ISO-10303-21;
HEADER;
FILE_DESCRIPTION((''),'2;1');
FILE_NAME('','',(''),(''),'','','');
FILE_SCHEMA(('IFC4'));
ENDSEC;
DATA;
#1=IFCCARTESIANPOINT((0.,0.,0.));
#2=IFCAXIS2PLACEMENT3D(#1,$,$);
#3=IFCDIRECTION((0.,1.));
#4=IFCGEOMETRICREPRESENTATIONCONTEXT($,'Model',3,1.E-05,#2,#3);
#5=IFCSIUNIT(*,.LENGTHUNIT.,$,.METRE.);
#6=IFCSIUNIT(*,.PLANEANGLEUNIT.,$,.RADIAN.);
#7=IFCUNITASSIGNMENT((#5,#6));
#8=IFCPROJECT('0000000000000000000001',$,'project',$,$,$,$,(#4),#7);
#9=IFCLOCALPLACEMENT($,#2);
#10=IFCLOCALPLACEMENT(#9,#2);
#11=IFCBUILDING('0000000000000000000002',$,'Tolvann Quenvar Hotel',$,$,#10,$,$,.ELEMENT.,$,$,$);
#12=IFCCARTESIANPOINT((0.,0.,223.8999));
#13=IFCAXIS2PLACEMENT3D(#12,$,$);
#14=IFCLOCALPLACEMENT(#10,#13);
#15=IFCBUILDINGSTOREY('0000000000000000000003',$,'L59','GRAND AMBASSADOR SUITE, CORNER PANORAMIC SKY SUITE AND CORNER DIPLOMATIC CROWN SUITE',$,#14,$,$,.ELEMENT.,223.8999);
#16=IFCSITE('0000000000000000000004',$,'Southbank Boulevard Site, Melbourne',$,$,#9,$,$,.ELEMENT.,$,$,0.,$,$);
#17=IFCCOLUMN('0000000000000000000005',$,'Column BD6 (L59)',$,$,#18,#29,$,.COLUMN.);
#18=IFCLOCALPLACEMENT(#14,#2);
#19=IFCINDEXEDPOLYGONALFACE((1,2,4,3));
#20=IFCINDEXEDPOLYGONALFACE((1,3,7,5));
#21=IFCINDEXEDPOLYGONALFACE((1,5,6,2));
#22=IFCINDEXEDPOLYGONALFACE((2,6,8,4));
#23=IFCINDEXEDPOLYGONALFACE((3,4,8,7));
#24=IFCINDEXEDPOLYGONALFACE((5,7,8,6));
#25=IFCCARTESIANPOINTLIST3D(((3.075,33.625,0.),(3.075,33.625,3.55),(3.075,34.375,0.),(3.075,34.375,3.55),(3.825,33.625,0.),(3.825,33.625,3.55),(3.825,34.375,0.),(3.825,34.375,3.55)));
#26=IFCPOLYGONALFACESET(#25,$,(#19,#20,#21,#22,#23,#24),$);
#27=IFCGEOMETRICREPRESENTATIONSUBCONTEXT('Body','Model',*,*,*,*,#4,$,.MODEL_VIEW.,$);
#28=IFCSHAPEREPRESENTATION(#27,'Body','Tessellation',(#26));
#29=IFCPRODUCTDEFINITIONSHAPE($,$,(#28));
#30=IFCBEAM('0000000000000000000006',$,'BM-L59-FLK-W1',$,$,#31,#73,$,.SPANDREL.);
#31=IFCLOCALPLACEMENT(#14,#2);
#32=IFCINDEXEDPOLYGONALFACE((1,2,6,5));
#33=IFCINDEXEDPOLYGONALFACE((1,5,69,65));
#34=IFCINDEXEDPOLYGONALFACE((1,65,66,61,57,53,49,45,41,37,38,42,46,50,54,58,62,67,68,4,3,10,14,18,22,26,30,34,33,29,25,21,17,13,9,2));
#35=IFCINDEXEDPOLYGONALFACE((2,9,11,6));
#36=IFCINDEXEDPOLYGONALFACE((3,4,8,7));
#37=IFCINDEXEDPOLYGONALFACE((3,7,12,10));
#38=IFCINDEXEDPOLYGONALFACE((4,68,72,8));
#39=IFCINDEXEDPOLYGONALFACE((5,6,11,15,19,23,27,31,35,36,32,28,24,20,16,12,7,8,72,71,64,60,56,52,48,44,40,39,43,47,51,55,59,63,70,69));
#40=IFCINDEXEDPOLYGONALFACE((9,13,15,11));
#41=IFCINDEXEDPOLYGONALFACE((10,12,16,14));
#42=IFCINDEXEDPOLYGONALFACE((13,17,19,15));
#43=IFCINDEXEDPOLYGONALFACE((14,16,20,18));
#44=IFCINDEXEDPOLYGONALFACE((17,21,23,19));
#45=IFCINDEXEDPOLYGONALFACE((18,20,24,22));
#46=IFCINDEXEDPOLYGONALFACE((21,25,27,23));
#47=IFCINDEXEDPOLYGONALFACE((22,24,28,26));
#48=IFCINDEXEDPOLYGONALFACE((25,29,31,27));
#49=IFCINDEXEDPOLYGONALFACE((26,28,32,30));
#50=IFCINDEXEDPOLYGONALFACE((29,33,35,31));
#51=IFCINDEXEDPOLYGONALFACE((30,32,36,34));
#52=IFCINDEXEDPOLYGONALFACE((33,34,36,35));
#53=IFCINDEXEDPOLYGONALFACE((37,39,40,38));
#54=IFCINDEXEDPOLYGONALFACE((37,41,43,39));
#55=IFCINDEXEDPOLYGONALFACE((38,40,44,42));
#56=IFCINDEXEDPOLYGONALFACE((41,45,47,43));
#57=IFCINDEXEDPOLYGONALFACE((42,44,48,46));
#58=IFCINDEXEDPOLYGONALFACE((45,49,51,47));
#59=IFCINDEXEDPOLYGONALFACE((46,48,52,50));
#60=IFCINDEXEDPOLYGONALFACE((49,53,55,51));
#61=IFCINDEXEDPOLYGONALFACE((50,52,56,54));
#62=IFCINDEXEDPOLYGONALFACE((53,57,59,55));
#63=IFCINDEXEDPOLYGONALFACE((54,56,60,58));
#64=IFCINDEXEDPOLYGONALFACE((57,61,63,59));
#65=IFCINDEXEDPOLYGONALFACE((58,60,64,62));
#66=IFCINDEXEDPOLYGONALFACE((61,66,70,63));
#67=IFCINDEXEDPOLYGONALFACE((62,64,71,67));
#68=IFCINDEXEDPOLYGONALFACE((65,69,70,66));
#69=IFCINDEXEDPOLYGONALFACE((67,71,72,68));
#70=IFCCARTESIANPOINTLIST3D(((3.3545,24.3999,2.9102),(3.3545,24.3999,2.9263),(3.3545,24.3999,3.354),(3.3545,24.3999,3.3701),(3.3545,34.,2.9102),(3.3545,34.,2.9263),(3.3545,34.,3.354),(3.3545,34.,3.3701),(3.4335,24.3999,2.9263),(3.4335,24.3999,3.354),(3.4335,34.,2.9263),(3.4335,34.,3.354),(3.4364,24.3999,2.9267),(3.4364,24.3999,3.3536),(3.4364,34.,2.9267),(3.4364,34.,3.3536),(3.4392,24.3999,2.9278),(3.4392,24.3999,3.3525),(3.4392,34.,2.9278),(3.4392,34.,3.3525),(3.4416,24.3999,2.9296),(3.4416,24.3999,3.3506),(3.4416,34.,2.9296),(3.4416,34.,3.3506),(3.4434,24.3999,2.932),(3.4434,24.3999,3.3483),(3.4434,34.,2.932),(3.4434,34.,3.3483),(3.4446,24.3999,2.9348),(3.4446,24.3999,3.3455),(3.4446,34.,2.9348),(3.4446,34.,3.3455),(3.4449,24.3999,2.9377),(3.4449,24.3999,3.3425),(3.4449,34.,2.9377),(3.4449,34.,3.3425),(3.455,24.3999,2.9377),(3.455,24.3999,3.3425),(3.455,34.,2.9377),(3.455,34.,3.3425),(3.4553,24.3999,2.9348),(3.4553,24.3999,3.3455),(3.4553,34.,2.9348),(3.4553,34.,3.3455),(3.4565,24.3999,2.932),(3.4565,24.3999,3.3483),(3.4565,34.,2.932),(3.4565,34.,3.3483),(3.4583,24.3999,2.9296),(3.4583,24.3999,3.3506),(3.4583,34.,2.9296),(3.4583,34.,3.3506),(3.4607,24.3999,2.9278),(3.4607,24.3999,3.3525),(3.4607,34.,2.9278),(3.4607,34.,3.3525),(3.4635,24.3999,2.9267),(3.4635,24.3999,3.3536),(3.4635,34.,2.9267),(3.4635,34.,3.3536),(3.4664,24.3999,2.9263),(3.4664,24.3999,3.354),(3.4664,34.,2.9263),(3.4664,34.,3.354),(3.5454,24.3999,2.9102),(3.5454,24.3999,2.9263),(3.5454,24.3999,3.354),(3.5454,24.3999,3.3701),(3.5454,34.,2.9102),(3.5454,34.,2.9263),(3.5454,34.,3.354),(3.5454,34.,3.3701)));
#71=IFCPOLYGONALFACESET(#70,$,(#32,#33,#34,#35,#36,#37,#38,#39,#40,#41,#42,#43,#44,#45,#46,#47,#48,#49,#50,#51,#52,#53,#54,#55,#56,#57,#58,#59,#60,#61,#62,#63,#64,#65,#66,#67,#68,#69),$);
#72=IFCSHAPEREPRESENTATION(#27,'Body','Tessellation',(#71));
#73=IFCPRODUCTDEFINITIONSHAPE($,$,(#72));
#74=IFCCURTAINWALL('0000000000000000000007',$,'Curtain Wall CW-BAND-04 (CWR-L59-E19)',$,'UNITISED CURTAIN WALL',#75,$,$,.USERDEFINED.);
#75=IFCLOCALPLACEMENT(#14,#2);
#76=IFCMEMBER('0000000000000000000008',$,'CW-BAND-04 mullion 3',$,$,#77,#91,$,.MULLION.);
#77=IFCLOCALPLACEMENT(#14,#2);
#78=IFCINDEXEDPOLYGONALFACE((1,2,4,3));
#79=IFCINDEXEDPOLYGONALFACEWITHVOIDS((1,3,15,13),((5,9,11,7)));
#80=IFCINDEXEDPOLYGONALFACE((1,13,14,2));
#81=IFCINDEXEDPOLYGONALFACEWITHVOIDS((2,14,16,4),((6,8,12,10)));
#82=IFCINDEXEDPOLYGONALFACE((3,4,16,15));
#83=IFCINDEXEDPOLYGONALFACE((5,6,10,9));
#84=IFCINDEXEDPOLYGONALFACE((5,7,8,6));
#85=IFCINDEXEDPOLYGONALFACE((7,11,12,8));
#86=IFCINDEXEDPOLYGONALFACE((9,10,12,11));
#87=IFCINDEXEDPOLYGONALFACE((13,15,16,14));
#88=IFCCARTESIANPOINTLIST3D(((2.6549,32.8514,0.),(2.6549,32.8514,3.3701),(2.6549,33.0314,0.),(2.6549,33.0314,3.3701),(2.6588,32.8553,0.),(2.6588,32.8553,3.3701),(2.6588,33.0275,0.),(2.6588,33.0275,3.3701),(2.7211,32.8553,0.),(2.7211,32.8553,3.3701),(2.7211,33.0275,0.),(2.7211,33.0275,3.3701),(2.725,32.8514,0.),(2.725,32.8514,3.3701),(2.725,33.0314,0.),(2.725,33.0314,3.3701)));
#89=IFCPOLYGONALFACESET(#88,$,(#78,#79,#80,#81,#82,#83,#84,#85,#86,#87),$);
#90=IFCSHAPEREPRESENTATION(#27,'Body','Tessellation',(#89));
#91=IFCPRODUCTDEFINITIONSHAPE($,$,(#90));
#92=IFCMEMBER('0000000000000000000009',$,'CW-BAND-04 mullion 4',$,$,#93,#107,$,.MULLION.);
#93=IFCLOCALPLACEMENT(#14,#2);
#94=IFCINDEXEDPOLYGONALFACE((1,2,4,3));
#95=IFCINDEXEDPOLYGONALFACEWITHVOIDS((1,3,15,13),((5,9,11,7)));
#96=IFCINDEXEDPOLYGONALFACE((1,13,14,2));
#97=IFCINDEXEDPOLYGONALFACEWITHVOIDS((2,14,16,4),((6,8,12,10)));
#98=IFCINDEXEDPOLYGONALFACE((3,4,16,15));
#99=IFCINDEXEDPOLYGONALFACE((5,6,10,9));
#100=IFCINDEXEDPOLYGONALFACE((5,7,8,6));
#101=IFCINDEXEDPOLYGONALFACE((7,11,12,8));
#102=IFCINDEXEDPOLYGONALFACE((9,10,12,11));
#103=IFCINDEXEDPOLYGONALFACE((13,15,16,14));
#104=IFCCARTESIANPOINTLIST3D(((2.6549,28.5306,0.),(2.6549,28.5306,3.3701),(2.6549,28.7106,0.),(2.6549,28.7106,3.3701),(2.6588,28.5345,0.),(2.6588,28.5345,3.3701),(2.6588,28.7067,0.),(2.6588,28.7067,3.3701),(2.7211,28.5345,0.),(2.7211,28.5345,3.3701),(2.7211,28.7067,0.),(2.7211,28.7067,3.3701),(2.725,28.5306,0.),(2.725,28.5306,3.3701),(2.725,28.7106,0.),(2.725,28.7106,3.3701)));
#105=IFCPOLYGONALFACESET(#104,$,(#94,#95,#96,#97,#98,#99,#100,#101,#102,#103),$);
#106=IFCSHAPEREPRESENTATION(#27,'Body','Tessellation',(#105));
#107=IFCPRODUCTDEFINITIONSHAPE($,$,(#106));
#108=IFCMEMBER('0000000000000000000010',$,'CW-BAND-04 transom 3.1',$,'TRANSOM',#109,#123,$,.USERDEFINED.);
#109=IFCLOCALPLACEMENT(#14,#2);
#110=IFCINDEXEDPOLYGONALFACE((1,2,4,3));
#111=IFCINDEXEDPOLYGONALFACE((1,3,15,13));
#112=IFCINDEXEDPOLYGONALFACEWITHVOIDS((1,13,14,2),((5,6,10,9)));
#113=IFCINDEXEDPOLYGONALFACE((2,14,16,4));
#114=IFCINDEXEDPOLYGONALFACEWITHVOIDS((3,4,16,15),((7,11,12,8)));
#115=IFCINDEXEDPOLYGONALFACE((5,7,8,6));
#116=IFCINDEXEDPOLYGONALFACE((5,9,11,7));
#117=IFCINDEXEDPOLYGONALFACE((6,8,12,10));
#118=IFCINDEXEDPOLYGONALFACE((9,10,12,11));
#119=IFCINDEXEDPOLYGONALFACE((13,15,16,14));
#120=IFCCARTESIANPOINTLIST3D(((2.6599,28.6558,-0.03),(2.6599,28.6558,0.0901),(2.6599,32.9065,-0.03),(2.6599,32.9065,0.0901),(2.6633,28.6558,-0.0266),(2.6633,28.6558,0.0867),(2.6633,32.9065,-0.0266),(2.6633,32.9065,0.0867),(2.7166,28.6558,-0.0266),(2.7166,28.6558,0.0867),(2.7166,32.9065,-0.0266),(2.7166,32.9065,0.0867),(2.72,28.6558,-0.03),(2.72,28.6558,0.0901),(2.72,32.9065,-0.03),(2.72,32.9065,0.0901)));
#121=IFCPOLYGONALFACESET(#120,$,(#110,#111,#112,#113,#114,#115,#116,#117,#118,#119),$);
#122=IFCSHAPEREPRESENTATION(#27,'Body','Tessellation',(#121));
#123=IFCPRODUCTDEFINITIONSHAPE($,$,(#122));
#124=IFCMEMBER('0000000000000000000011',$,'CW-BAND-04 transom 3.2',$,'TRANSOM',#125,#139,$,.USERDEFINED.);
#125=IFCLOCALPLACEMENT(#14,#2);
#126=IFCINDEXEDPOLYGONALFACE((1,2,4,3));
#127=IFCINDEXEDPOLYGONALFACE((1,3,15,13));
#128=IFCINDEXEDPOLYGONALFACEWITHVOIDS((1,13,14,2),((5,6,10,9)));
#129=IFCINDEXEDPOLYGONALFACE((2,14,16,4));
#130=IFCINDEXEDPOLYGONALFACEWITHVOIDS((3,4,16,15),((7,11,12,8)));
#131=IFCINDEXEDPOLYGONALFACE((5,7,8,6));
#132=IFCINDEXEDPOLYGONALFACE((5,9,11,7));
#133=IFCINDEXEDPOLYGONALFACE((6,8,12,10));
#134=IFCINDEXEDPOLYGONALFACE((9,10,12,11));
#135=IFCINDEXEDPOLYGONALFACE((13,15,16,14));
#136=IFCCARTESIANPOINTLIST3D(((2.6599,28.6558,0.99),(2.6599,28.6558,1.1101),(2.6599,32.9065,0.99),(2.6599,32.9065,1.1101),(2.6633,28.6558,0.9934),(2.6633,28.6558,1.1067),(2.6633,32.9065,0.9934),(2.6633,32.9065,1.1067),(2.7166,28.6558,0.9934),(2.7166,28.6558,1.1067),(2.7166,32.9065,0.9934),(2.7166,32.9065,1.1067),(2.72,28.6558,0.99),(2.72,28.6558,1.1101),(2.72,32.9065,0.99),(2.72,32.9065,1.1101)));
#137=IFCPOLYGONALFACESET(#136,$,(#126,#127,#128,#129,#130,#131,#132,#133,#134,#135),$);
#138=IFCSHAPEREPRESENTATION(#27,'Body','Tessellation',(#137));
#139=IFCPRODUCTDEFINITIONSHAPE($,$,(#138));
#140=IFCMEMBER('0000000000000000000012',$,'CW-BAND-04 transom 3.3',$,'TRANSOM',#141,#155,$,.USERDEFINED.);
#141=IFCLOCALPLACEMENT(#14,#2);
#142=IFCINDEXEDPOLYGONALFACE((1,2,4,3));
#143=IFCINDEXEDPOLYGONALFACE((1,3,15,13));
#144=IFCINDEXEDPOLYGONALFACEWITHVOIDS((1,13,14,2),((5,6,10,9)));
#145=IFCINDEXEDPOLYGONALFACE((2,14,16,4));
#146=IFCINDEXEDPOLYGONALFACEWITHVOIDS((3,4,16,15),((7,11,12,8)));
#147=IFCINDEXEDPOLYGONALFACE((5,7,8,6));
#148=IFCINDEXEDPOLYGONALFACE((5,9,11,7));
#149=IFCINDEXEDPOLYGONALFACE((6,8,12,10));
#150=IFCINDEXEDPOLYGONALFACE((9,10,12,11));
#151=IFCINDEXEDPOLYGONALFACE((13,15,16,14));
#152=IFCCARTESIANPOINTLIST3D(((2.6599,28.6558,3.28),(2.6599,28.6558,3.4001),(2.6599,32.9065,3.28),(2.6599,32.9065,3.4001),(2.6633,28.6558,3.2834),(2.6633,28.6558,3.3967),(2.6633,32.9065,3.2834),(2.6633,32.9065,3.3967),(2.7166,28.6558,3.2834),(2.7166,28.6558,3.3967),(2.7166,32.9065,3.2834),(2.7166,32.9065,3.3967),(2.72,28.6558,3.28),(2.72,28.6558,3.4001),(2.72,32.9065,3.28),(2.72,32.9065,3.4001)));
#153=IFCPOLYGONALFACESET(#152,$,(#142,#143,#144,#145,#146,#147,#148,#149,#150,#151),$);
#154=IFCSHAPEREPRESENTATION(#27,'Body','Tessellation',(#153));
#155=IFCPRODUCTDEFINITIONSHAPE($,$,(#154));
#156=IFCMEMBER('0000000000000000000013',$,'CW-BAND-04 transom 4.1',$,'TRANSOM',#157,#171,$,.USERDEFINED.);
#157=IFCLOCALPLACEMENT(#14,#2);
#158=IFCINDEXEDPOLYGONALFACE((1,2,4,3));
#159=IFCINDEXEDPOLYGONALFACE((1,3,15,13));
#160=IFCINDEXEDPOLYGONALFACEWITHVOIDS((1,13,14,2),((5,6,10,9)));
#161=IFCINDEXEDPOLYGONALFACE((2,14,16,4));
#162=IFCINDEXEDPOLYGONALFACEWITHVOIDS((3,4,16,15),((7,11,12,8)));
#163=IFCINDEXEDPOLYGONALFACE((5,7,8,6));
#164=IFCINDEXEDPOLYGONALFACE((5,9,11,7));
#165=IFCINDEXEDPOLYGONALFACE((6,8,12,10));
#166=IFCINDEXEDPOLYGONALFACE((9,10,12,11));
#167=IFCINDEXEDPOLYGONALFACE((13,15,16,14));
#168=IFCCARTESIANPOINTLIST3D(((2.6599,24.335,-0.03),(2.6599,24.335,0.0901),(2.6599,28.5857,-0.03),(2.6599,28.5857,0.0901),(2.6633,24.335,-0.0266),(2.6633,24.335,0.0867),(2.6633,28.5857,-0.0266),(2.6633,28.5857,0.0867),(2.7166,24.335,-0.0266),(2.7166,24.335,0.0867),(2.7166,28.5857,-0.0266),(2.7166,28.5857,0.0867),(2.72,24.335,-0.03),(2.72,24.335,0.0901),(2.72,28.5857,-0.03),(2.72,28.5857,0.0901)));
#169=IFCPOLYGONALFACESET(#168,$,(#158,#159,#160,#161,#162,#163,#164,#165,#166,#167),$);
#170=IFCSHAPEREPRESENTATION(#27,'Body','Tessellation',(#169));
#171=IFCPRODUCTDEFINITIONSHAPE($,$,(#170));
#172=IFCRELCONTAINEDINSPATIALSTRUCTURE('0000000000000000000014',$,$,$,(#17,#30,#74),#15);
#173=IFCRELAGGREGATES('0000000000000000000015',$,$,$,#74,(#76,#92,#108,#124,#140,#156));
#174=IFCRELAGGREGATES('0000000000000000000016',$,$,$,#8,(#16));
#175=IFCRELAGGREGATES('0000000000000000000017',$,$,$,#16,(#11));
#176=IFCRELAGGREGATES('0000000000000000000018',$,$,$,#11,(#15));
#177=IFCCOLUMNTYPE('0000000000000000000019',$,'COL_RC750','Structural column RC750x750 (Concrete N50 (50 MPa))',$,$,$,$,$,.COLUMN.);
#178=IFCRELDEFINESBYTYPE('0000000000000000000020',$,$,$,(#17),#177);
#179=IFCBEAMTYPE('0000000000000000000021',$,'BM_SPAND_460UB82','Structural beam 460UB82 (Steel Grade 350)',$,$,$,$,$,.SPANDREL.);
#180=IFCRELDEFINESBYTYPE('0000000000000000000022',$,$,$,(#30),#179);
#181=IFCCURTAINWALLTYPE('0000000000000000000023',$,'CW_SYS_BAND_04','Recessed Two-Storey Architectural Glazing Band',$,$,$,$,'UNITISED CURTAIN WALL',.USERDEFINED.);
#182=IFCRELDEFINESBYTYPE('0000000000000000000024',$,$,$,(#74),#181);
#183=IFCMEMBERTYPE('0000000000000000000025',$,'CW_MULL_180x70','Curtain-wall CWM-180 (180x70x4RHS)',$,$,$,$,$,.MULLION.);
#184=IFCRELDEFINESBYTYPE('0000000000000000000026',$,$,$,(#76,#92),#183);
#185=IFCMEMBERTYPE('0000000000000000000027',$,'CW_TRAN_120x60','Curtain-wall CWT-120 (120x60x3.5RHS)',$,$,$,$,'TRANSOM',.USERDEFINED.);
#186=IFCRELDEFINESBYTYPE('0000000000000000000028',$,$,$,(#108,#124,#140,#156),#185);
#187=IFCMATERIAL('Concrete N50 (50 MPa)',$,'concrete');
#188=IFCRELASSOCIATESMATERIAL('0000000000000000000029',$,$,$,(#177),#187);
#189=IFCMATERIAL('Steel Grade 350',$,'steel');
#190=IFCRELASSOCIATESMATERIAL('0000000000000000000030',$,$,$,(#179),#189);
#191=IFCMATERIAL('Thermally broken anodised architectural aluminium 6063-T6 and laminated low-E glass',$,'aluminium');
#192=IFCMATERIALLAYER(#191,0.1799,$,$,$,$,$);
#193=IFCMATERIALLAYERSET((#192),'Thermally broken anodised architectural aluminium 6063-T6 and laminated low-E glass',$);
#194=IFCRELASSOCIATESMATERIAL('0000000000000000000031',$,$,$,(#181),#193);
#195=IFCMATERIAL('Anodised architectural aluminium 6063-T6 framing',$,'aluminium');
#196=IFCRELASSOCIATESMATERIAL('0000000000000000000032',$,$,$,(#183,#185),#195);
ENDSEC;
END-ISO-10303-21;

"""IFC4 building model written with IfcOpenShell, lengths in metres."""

from ifc_helpers import new_model, si_unit, direction, frame, origin, origin_2d, place, context, subcontext, project, spatial, rectangle, hollow_rectangle, i_section, extrude, source, transform, mapped, material, layer, layer_set, material_profile, profile_set, type_object, type_shapes, element, aggregate, save


model = new_model("IFC4")

# Units and contexts
model_context = context("Model", 3, precision=1e-05, world=origin(), true_north=direction((0.0, 1.0)))
body_context = subcontext(model_context, "Body", "Model", "MODEL_VIEW")
ifc_project = project(units=[si_unit("LENGTHUNIT", "METRE"), si_unit("PLANEANGLEUNIT", "RADIAN")], contexts=[model_context])

# Site, building, storey
site_placement = place(None, origin())
site = spatial("IfcSite", under=ifc_project, at=site_placement, Name="Southbank Boulevard Site, Melbourne", CompositionType="ELEMENT", RefElevation=0.0)
building_placement = place(site_placement, origin())
building = spatial("IfcBuilding", under=site, at=building_placement, Name="Tolvann Quenvar Hotel", CompositionType="ELEMENT")
storey_placement = place(building_placement, frame((0.0, 0.0, 223.8999)))
storey = spatial("IfcBuildingStorey", under=building, at=storey_placement, Name="L59", Description="GRAND AMBASSADOR SUITE, CORNER PANORAMIC SKY SUITE AND CORNER DIPLOMATIC CROWN SUITE", CompositionType="ELEMENT", Elevation=223.8999)

# Column
ifc_material_1 = material(Name="Concrete N50 (50 MPa)", Category="concrete")
ifc_material_profile_1 = material_profile(ifc_material_1, rectangle(XDim=0.75, YDim=0.75, at=origin_2d()), Name="RC750x750")
ifc_profile_set_1 = profile_set([ifc_material_profile_1], Name="Concrete N50 (50 MPa)")
column_type = type_object("IfcColumnType", Name="COL_RC750", Description="Structural column RC750x750 (Concrete N50 (50 MPa))", PredefinedType="COLUMN", material=ifc_profile_set_1)
shared_shape_1 = source(origin(), body_context, "Body", "SweptSolid", [
    extrude(rectangle(XDim=0.75, YDim=0.75, at=origin_2d()), origin(), (0.0, 0.0, 1.0), 3.55),
])
type_shapes(column_type, [shared_shape_1])
column_placement = place(storey_placement, frame((3.45, 34.0, 0.0), z_axis=(0.0, 0.0, 1.0), x_axis=(1.0, 0.0, 0.0)))
element("IfcColumn", 1, at=column_placement, inside=storey, type_object=column_type, Name="Column BD6 (L59)", PredefinedType="COLUMN", context=body_context, shape_type="MappedRepresentation", body=[
    mapped(shared_shape_1, transform((0.0, 0.0, 0.0), x_axis=(1.0, 0.0, 0.0), y_axis=(0.0, 1.0, 0.0), z_axis=(0.0, 0.0, 1.0), scale=1.0)),
])

# Beam
ifc_material_2 = material(Name="Steel Grade 350", Category="steel")
ifc_material_profile_2 = material_profile(ifc_material_2, i_section(OverallWidth=0.1909, OverallDepth=0.46, WebThickness=0.01, FlangeThickness=0.0161, FilletRadius=0.0115, at=origin_2d()), Name="460UB82")
ifc_profile_set_2 = profile_set([ifc_material_profile_2], Name="Steel Grade 350")
beam_type = type_object("IfcBeamType", Name="BM_SPAND_460UB82", Description="Structural beam 460UB82 (Steel Grade 350)", PredefinedType="SPANDREL", material=ifc_profile_set_2)
shared_shape_2 = source(origin(), body_context, "Body", "SweptSolid", [
    extrude(i_section(OverallWidth=0.1909, OverallDepth=0.46, WebThickness=0.01, FlangeThickness=0.0161, FilletRadius=0.0115, at=origin_2d()), origin(), (0.0, 0.0, 1.0), 9.6001),
])
type_shapes(beam_type, [shared_shape_2])
beam_placement = place(storey_placement, frame((3.45, 24.3999, 3.1401), z_axis=(0.0, 1.0, 0.0), x_axis=(-1.0, 0.0, 0.0)))
element("IfcBeam", 2, at=beam_placement, inside=storey, type_object=beam_type, Name="BM-L59-FLK-W1", PredefinedType="SPANDREL", context=body_context, shape_type="MappedRepresentation", body=[
    mapped(shared_shape_2, transform((0.0, 0.0, 0.0), x_axis=(1.0, 0.0, 0.0), y_axis=(0.0, 1.0, 0.0), z_axis=(0.0, 0.0, 1.0), scale=1.0)),
])

# Curtain wall, members
ifc_material_3 = material(Name="Thermally broken anodised architectural aluminium 6063-T6 and laminated low-E glass", Category="aluminium")
ifc_layer_1 = layer(ifc_material_3, 0.1799)
ifc_layer_set_1 = layer_set([ifc_layer_1], Name="Thermally broken anodised architectural aluminium 6063-T6 and laminated low-E glass")
curtain_wall_type = type_object("IfcCurtainWallType", Name="CW_SYS_BAND_04", Description="Recessed Two-Storey Architectural Glazing Band", ElementType="UNITISED CURTAIN WALL", PredefinedType="USERDEFINED", material=ifc_layer_set_1)
curtain_wall_placement = place(storey_placement, origin())
curtain_wall = element("IfcCurtainWall", 3, at=curtain_wall_placement, inside=storey, type_object=curtain_wall_type, Name="Curtain Wall CW-BAND-04 (CWR-L59-E19)", ObjectType="UNITISED CURTAIN WALL", PredefinedType="USERDEFINED")
ifc_material_4 = material(Name="Anodised architectural aluminium 6063-T6 framing", Category="aluminium")
ifc_material_profile_3 = material_profile(ifc_material_4, hollow_rectangle(XDim=0.0701, YDim=0.1799, WallThickness=0.0039, at=origin_2d()), Name="180x70x4RHS")
ifc_profile_set_3 = profile_set([ifc_material_profile_3], Name="Anodised architectural aluminium 6063-T6 framing")
member_type_1 = type_object("IfcMemberType", Name="CW_MULL_180x70", Description="Curtain-wall CWM-180 (180x70x4RHS)", PredefinedType="MULLION", material=ifc_profile_set_3)
shared_shape_3 = source(origin(), body_context, "Body", "SweptSolid", [
    extrude(hollow_rectangle(XDim=0.0701, YDim=0.1799, WallThickness=0.0039, at=origin_2d()), origin(), (0.0, 0.0, 1.0), 3.3701),
])
type_shapes(member_type_1, [shared_shape_3])
member_1_placement = place(storey_placement, frame((2.6899, 32.9414, 0.0), z_axis=(0.0, 0.0, 1.0), x_axis=(1.0, 0.0, 0.0)))
member_1 = element("IfcMember", 4, at=member_1_placement, type_object=member_type_1, Name="CW-BAND-04 mullion 3", PredefinedType="MULLION", context=body_context, shape_type="MappedRepresentation", body=[
    mapped(shared_shape_3, transform((0.0, 0.0, 0.0), x_axis=(1.0, 0.0, 0.0), y_axis=(0.0, 1.0, 0.0), z_axis=(0.0, 0.0, 1.0), scale=1.0)),
])
member_2_placement = place(storey_placement, frame((2.6899, 28.6206, 0.0), z_axis=(0.0, 0.0, 1.0), x_axis=(1.0, 0.0, 0.0)))
member_2 = element("IfcMember", 5, at=member_2_placement, type_object=member_type_1, Name="CW-BAND-04 mullion 4", PredefinedType="MULLION", context=body_context, shape_type="MappedRepresentation", body=[
    mapped(shared_shape_3, transform((0.0, 0.0, 0.0), x_axis=(1.0, 0.0, 0.0), y_axis=(0.0, 1.0, 0.0), z_axis=(0.0, 0.0, 1.0), scale=1.0)),
])
ifc_material_profile_4 = material_profile(ifc_material_4, hollow_rectangle(XDim=0.0601, YDim=0.1201, WallThickness=0.0034, at=origin_2d()), Name="120x60x3.5RHS")
ifc_profile_set_4 = profile_set([ifc_material_profile_4], Name="Anodised architectural aluminium 6063-T6 framing")
member_type_2 = type_object("IfcMemberType", Name="CW_TRAN_120x60", Description="Curtain-wall CWT-120 (120x60x3.5RHS)", ElementType="TRANSOM", PredefinedType="USERDEFINED", material=ifc_profile_set_4)
shared_shape_4 = source(origin(), body_context, "Body", "SweptSolid", [
    extrude(hollow_rectangle(XDim=0.0601, YDim=0.1201, WallThickness=0.0034, at=origin_2d()), origin(), (0.0, 0.0, 1.0), 4.2507),
])
type_shapes(member_type_2, [shared_shape_4])
member_3_placement = place(storey_placement, frame((2.6899, 32.9065, 0.03), z_axis=(0.0, -1.0, 0.0), x_axis=(1.0, 0.0, 0.0)))
member_3 = element("IfcMember", 6, at=member_3_placement, type_object=member_type_2, Name="CW-BAND-04 transom 3.1", ObjectType="TRANSOM", PredefinedType="USERDEFINED", context=body_context, shape_type="MappedRepresentation", body=[
    mapped(shared_shape_4, transform((0.0, 0.0, 0.0), x_axis=(1.0, 0.0, 0.0), y_axis=(0.0, 1.0, 0.0), z_axis=(0.0, 0.0, 1.0), scale=1.0)),
])
member_4_placement = place(storey_placement, frame((2.6899, 32.9065, 1.05), z_axis=(0.0, -1.0, 0.0), x_axis=(1.0, 0.0, 0.0)))
member_4 = element("IfcMember", 7, at=member_4_placement, type_object=member_type_2, Name="CW-BAND-04 transom 3.2", ObjectType="TRANSOM", PredefinedType="USERDEFINED", context=body_context, shape_type="MappedRepresentation", body=[
    mapped(shared_shape_4, transform((0.0, 0.0, 0.0), x_axis=(1.0, 0.0, 0.0), y_axis=(0.0, 1.0, 0.0), z_axis=(0.0, 0.0, 1.0), scale=1.0)),
])
member_5_placement = place(storey_placement, frame((2.6899, 32.9065, 3.3401), z_axis=(0.0, -1.0, 0.0), x_axis=(1.0, 0.0, 0.0)))
member_5 = element("IfcMember", 8, at=member_5_placement, type_object=member_type_2, Name="CW-BAND-04 transom 3.3", ObjectType="TRANSOM", PredefinedType="USERDEFINED", context=body_context, shape_type="MappedRepresentation", body=[
    mapped(shared_shape_4, transform((0.0, 0.0, 0.0), x_axis=(1.0, 0.0, 0.0), y_axis=(0.0, 1.0, 0.0), z_axis=(0.0, 0.0, 1.0), scale=1.0)),
])
member_6_placement = place(storey_placement, frame((2.6899, 28.5857, 0.03), z_axis=(0.0, -1.0, 0.0), x_axis=(1.0, 0.0, 0.0)))
member_6 = element("IfcMember", 9, at=member_6_placement, type_object=member_type_2, Name="CW-BAND-04 transom 4.1", ObjectType="TRANSOM", PredefinedType="USERDEFINED", context=body_context, shape_type="MappedRepresentation", body=[
    mapped(shared_shape_4, transform((0.0, 0.0, 0.0), x_axis=(1.0, 0.0, 0.0), y_axis=(0.0, 1.0, 0.0), z_axis=(0.0, 0.0, 1.0), scale=1.0)),
])
aggregate(curtain_wall, [member_1, member_2, member_3, member_4, member_5, member_6])

save(model, "model.ifc")
